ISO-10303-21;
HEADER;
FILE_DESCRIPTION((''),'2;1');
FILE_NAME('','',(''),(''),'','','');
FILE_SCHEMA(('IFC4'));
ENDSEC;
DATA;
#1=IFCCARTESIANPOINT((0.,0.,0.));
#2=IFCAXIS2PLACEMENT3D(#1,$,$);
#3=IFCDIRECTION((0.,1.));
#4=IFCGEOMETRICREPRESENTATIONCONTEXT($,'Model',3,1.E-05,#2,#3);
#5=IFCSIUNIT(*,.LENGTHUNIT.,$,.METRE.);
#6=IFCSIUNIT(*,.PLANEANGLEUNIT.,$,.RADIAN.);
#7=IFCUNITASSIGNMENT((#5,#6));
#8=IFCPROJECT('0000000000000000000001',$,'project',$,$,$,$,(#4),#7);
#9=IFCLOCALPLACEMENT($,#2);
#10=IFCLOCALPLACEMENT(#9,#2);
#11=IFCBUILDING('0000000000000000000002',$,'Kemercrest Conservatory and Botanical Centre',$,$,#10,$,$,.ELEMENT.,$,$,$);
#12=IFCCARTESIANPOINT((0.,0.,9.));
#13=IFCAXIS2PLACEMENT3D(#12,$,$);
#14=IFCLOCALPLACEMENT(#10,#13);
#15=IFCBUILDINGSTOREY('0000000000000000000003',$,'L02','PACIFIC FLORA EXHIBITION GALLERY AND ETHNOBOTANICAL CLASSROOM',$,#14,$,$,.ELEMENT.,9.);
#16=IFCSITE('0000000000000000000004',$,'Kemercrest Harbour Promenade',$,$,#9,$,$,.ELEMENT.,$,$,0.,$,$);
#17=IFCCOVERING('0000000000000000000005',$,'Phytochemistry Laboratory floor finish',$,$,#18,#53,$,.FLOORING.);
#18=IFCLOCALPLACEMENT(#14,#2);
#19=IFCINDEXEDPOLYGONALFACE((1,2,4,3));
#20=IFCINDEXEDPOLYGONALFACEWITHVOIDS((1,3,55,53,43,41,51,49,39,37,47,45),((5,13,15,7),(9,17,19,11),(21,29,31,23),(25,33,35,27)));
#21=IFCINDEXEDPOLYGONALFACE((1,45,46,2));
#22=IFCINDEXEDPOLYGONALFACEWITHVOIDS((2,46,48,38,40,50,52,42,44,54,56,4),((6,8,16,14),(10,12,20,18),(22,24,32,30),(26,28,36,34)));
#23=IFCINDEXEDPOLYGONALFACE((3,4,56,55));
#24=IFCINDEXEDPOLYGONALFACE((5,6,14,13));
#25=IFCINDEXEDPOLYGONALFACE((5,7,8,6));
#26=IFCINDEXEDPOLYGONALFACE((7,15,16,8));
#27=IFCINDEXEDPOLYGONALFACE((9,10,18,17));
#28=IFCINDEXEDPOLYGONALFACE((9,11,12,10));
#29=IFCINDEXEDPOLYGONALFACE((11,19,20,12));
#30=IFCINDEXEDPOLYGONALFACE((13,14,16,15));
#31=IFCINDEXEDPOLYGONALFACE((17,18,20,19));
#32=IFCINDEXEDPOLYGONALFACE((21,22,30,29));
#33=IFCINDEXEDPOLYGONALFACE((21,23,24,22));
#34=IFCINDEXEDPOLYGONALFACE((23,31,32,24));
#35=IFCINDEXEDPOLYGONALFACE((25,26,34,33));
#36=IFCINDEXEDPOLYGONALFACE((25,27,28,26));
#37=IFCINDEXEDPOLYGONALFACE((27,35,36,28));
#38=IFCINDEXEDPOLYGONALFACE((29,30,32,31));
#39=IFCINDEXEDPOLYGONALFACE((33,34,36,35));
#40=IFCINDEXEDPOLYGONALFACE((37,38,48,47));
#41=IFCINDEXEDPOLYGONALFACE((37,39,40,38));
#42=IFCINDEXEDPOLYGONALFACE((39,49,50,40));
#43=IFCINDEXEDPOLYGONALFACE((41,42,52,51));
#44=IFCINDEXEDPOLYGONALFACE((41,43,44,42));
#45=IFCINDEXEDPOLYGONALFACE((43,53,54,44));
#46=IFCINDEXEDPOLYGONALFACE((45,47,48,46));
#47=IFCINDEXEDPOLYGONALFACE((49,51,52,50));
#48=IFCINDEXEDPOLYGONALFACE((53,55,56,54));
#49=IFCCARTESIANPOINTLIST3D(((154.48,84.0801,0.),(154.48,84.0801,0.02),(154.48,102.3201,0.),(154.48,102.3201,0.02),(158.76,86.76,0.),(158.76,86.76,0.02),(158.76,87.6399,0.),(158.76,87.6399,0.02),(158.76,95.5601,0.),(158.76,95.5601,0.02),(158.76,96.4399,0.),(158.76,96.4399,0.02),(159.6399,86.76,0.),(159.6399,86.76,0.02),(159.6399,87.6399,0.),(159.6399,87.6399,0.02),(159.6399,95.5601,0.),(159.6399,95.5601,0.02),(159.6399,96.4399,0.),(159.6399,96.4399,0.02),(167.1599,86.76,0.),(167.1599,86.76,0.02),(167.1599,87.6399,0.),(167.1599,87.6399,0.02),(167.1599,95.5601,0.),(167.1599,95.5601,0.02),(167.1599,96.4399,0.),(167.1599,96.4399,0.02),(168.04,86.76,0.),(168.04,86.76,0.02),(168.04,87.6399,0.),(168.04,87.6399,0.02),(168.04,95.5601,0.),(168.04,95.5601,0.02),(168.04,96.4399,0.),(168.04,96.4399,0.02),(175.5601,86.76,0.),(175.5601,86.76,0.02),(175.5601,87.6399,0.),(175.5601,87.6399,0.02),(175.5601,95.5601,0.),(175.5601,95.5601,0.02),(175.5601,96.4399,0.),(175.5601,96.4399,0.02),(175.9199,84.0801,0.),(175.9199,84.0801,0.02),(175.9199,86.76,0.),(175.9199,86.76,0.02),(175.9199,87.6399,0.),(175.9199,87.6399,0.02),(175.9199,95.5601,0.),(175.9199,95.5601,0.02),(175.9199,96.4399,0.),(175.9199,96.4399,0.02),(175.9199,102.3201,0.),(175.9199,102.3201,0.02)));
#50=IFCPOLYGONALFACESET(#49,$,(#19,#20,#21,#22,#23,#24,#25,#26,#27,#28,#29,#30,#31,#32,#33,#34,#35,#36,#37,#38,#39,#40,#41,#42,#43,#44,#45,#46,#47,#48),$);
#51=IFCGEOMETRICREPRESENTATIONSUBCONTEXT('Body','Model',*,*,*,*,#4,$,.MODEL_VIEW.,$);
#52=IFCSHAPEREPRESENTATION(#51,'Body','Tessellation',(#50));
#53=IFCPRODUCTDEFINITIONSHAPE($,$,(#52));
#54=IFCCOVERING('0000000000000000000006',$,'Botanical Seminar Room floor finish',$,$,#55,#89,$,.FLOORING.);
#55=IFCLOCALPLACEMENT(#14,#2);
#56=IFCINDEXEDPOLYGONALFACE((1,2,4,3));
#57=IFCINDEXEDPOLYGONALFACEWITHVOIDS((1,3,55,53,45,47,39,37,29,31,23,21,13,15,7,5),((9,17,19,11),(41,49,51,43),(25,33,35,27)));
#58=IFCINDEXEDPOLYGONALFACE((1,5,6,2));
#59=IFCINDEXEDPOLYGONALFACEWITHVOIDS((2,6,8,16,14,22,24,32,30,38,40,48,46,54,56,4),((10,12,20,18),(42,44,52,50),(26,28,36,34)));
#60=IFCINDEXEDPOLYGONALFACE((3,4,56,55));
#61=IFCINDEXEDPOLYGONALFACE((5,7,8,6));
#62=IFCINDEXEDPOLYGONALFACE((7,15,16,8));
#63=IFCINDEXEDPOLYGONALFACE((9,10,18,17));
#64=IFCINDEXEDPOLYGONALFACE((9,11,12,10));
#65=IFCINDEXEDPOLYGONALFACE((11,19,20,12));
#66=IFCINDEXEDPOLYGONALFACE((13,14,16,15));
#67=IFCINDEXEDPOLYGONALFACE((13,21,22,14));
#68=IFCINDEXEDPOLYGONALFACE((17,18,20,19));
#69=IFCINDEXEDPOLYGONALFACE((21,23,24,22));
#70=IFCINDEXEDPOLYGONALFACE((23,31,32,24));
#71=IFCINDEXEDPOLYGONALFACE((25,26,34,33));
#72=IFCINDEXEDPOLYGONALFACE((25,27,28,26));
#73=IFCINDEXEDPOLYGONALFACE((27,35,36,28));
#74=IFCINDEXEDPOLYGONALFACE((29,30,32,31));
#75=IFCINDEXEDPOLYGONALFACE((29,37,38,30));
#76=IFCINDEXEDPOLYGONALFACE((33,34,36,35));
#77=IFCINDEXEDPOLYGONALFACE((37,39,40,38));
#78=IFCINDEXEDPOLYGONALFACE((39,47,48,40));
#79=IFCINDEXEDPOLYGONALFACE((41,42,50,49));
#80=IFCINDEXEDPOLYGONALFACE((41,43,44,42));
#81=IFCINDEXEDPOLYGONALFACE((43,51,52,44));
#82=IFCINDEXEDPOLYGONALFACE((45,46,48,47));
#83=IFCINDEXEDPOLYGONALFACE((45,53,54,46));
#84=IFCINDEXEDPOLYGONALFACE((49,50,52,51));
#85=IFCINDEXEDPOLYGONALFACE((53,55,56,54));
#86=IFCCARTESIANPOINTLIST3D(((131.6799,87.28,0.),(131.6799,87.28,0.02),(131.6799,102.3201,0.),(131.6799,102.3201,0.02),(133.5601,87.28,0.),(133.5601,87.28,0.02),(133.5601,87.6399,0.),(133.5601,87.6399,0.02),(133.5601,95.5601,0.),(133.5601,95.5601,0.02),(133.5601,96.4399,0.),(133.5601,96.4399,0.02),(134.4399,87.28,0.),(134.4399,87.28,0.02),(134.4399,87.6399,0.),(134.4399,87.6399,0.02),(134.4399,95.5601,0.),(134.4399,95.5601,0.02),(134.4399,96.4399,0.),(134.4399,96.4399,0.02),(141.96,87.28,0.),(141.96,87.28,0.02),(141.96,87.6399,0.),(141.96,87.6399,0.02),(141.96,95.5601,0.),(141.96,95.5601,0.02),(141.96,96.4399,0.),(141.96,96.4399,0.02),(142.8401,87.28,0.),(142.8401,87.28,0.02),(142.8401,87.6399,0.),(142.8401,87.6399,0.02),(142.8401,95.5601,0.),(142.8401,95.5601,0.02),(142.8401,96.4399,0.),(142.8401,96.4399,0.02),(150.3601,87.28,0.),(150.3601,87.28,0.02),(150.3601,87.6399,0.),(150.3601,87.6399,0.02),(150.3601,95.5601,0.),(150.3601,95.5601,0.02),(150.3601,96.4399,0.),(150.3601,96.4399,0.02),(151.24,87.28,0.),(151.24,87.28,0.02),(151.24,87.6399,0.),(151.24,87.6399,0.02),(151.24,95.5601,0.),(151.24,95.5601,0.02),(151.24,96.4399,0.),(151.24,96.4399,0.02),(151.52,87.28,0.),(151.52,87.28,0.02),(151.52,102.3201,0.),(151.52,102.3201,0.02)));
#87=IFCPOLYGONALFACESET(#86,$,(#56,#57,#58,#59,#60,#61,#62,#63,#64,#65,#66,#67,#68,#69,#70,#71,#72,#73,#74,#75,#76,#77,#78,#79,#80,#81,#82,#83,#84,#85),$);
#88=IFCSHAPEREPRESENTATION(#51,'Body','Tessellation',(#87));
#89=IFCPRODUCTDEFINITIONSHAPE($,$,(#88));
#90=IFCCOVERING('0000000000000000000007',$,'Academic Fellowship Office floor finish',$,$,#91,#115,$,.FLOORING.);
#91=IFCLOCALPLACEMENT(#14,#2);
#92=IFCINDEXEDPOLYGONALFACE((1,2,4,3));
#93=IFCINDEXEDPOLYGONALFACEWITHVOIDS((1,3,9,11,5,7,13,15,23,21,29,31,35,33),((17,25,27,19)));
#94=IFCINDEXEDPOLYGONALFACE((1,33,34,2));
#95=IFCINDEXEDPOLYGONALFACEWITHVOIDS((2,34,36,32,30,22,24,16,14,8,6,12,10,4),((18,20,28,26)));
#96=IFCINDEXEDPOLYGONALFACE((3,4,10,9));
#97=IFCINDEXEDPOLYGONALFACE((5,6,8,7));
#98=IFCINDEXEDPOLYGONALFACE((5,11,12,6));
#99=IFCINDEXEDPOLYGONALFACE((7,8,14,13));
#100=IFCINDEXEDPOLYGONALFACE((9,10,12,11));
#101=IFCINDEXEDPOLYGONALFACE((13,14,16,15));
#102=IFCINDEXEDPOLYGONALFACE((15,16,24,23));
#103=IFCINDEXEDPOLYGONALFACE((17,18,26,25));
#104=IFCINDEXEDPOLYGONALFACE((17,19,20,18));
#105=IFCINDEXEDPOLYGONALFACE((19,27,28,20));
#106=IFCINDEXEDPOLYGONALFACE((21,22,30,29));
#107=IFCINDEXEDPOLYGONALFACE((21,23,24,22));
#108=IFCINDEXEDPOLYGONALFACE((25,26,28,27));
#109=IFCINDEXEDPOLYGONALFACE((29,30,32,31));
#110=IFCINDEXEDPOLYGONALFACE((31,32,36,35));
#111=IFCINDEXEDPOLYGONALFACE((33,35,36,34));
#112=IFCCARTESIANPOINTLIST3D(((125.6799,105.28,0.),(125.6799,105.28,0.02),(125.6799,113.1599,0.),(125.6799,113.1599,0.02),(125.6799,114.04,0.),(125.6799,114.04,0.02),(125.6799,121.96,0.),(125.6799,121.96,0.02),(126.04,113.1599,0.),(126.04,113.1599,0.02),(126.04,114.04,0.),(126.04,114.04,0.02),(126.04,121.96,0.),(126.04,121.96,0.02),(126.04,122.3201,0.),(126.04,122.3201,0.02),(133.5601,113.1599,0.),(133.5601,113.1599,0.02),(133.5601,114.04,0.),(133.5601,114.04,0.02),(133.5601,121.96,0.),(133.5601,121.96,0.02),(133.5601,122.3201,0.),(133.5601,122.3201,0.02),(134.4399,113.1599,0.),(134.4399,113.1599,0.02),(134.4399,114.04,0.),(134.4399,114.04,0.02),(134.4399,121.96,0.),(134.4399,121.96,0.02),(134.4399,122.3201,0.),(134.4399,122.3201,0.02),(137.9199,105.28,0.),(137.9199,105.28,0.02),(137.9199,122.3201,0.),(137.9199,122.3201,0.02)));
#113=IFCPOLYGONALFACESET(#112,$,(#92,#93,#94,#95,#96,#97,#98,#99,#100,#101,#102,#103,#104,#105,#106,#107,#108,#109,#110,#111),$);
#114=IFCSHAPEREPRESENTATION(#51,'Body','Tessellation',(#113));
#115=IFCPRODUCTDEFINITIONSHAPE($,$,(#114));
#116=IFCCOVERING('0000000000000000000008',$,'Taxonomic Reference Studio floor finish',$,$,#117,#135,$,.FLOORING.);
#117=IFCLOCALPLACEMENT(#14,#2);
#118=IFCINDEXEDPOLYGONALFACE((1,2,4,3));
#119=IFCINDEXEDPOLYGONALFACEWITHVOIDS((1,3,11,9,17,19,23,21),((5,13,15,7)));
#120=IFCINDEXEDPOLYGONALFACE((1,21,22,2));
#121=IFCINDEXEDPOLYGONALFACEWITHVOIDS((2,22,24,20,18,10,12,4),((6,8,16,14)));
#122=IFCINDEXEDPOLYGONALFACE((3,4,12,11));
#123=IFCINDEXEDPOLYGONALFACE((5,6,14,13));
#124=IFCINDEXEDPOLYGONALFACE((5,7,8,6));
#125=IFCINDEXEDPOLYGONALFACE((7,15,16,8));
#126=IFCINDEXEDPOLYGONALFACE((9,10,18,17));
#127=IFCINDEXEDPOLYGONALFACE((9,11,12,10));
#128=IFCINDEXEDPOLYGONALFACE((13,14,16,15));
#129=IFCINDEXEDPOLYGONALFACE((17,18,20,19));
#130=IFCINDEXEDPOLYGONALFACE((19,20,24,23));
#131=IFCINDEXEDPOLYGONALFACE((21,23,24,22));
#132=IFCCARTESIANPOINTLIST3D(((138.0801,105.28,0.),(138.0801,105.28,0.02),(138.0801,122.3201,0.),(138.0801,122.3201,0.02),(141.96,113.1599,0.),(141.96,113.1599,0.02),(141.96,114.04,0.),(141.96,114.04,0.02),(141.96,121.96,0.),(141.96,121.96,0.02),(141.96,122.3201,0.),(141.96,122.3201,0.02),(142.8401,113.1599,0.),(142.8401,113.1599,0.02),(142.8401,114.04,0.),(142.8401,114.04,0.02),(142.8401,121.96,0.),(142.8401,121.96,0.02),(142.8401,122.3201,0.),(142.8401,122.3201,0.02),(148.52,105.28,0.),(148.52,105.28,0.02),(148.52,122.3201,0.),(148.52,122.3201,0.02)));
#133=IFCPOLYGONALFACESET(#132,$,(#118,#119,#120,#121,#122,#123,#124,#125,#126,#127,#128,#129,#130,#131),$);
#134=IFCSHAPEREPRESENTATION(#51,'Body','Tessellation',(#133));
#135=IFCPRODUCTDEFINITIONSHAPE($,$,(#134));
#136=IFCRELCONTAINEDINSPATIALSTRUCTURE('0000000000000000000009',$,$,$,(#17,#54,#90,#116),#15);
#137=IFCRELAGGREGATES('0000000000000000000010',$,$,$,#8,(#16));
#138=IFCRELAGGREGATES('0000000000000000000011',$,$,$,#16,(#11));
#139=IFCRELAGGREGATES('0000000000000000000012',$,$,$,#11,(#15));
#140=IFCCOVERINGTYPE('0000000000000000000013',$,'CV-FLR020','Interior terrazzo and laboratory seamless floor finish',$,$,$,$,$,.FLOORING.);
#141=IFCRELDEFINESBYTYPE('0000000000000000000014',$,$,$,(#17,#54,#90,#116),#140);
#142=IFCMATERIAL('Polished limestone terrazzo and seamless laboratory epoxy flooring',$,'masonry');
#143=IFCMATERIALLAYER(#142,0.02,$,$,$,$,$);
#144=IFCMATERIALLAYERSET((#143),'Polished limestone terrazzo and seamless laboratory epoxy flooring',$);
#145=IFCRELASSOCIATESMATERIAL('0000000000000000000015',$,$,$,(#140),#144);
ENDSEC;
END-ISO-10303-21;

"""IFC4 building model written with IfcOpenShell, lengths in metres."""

from ifc_helpers import new_model, si_unit, direction, frame, origin, place, context, subcontext, project, spatial, polyline, outline, extrude, material, layer, layer_set, type_object, element, save


model = new_model("IFC4")

# Units and contexts
model_context = context("Model", 3, precision=1e-05, world=origin(), true_north=direction((0.0, 1.0)))
body_context = subcontext(model_context, "Body", "Model", "MODEL_VIEW")
ifc_project = project(units=[si_unit("LENGTHUNIT", "METRE"), si_unit("PLANEANGLEUNIT", "RADIAN")], contexts=[model_context])

# Site, building, storey
site_placement = place(None, origin())
site = spatial("IfcSite", under=ifc_project, at=site_placement, Name="Kemercrest Harbour Promenade", CompositionType="ELEMENT", RefElevation=0.0)
building_placement = place(site_placement, origin())
building = spatial("IfcBuilding", under=site, at=building_placement, Name="Kemercrest Conservatory and Botanical Centre", CompositionType="ELEMENT")
storey_placement = place(building_placement, frame((0.0, 0.0, 9.0)))
storey = spatial("IfcBuildingStorey", under=building, at=storey_placement, Name="L02", Description="PACIFIC FLORA EXHIBITION GALLERY AND ETHNOBOTANICAL CLASSROOM", CompositionType="ELEMENT", Elevation=9.0)

# Coverings
ifc_material_1 = material(Name="Polished limestone terrazzo and seamless laboratory epoxy flooring", Category="masonry")
ifc_layer_1 = layer(ifc_material_1, 0.02)
ifc_layer_set_1 = layer_set([ifc_layer_1], Name="Polished limestone terrazzo and seamless laboratory epoxy flooring")
covering_type_1 = type_object("IfcCoveringType", Name="CV-FLR020", Description="Interior terrazzo and laboratory seamless floor finish", PredefinedType="FLOORING", material=ifc_layer_set_1)
covering_1_placement = place(storey_placement, origin())
element("IfcCovering", 1, at=covering_1_placement, inside=storey, type_object=covering_type_1, Name="Phytochemistry Laboratory floor finish", PredefinedType="FLOORING", context=body_context, shape_type="SweptSolid", body=[
    extrude(outline(polyline([(175.9199, 102.3201), (154.48, 102.3201), (154.48, 84.0801), (175.9199, 84.0801), (175.9199, 86.76), (175.5601, 86.76), (175.5601, 87.6399), (175.9199, 87.6399), (175.9199, 95.5601), (175.5601, 95.5601), (175.5601, 96.4399), (175.9199, 96.4399), (175.9199, 102.3201)]), holes=[polyline([(167.1599, 95.5601), (167.1599, 96.4399), (168.04, 96.4399), (168.04, 95.5601), (167.1599, 95.5601)]), polyline([(168.04, 86.76), (167.1599, 86.76), (167.1599, 87.6399), (168.04, 87.6399), (168.04, 86.76)]), polyline([(158.76, 95.5601), (158.76, 96.4399), (159.6399, 96.4399), (159.6399, 95.5601), (158.76, 95.5601)]), polyline([(159.6399, 86.76), (158.76, 86.76), (158.76, 87.6399), (159.6399, 87.6399), (159.6399, 86.76)])]), origin(), (0.0, 0.0, 1.0), 0.02),
])
covering_2_placement = place(storey_placement, origin())
element("IfcCovering", 2, at=covering_2_placement, inside=storey, type_object=covering_type_1, Name="Botanical Seminar Room floor finish", PredefinedType="FLOORING", context=body_context, shape_type="SweptSolid", body=[
    extrude(outline(polyline([(150.3601, 87.6399), (151.24, 87.6399), (151.24, 87.28), (151.52, 87.28), (151.52, 102.3201), (131.6799, 102.3201), (131.6799, 87.28), (133.5601, 87.28), (133.5601, 87.6399), (134.4399, 87.6399), (134.4399, 87.28), (141.96, 87.28), (141.96, 87.6399), (142.8401, 87.6399), (142.8401, 87.28), (150.3601, 87.28), (150.3601, 87.6399)]), holes=[polyline([(151.24, 95.5601), (150.3601, 95.5601), (150.3601, 96.4399), (151.24, 96.4399), (151.24, 95.5601)]), polyline([(142.8401, 95.5601), (141.96, 95.5601), (141.96, 96.4399), (142.8401, 96.4399), (142.8401, 95.5601)]), polyline([(134.4399, 95.5601), (133.5601, 95.5601), (133.5601, 96.4399), (134.4399, 96.4399), (134.4399, 95.5601)])]), origin(), (0.0, 0.0, 1.0), 0.02),
])
covering_3_placement = place(storey_placement, origin())
element("IfcCovering", 3, at=covering_3_placement, inside=storey, type_object=covering_type_1, Name="Academic Fellowship Office floor finish", PredefinedType="FLOORING", context=body_context, shape_type="SweptSolid", body=[
    extrude(outline(polyline([(126.04, 113.1599), (125.6799, 113.1599), (125.6799, 105.28), (137.9199, 105.28), (137.9199, 122.3201), (134.4399, 122.3201), (134.4399, 121.96), (133.5601, 121.96), (133.5601, 122.3201), (126.04, 122.3201), (126.04, 121.96), (125.6799, 121.96), (125.6799, 114.04), (126.04, 114.04), (126.04, 113.1599)]), holes=[polyline([(134.4399, 113.1599), (133.5601, 113.1599), (133.5601, 114.04), (134.4399, 114.04), (134.4399, 113.1599)])]), origin(), (0.0, 0.0, 1.0), 0.02),
])
covering_4_placement = place(storey_placement, origin())
element("IfcCovering", 4, at=covering_4_placement, inside=storey, type_object=covering_type_1, Name="Taxonomic Reference Studio floor finish", PredefinedType="FLOORING", context=body_context, shape_type="SweptSolid", body=[
    extrude(outline(polyline([(141.96, 122.3201), (138.0801, 122.3201), (138.0801, 105.28), (148.52, 105.28), (148.52, 122.3201), (142.8401, 122.3201), (142.8401, 121.96), (141.96, 121.96), (141.96, 122.3201)]), holes=[polyline([(142.8401, 113.1599), (141.96, 113.1599), (141.96, 114.04), (142.8401, 114.04), (142.8401, 113.1599)])]), origin(), (0.0, 0.0, 1.0), 0.02),
])

save(model, "model.ifc")
